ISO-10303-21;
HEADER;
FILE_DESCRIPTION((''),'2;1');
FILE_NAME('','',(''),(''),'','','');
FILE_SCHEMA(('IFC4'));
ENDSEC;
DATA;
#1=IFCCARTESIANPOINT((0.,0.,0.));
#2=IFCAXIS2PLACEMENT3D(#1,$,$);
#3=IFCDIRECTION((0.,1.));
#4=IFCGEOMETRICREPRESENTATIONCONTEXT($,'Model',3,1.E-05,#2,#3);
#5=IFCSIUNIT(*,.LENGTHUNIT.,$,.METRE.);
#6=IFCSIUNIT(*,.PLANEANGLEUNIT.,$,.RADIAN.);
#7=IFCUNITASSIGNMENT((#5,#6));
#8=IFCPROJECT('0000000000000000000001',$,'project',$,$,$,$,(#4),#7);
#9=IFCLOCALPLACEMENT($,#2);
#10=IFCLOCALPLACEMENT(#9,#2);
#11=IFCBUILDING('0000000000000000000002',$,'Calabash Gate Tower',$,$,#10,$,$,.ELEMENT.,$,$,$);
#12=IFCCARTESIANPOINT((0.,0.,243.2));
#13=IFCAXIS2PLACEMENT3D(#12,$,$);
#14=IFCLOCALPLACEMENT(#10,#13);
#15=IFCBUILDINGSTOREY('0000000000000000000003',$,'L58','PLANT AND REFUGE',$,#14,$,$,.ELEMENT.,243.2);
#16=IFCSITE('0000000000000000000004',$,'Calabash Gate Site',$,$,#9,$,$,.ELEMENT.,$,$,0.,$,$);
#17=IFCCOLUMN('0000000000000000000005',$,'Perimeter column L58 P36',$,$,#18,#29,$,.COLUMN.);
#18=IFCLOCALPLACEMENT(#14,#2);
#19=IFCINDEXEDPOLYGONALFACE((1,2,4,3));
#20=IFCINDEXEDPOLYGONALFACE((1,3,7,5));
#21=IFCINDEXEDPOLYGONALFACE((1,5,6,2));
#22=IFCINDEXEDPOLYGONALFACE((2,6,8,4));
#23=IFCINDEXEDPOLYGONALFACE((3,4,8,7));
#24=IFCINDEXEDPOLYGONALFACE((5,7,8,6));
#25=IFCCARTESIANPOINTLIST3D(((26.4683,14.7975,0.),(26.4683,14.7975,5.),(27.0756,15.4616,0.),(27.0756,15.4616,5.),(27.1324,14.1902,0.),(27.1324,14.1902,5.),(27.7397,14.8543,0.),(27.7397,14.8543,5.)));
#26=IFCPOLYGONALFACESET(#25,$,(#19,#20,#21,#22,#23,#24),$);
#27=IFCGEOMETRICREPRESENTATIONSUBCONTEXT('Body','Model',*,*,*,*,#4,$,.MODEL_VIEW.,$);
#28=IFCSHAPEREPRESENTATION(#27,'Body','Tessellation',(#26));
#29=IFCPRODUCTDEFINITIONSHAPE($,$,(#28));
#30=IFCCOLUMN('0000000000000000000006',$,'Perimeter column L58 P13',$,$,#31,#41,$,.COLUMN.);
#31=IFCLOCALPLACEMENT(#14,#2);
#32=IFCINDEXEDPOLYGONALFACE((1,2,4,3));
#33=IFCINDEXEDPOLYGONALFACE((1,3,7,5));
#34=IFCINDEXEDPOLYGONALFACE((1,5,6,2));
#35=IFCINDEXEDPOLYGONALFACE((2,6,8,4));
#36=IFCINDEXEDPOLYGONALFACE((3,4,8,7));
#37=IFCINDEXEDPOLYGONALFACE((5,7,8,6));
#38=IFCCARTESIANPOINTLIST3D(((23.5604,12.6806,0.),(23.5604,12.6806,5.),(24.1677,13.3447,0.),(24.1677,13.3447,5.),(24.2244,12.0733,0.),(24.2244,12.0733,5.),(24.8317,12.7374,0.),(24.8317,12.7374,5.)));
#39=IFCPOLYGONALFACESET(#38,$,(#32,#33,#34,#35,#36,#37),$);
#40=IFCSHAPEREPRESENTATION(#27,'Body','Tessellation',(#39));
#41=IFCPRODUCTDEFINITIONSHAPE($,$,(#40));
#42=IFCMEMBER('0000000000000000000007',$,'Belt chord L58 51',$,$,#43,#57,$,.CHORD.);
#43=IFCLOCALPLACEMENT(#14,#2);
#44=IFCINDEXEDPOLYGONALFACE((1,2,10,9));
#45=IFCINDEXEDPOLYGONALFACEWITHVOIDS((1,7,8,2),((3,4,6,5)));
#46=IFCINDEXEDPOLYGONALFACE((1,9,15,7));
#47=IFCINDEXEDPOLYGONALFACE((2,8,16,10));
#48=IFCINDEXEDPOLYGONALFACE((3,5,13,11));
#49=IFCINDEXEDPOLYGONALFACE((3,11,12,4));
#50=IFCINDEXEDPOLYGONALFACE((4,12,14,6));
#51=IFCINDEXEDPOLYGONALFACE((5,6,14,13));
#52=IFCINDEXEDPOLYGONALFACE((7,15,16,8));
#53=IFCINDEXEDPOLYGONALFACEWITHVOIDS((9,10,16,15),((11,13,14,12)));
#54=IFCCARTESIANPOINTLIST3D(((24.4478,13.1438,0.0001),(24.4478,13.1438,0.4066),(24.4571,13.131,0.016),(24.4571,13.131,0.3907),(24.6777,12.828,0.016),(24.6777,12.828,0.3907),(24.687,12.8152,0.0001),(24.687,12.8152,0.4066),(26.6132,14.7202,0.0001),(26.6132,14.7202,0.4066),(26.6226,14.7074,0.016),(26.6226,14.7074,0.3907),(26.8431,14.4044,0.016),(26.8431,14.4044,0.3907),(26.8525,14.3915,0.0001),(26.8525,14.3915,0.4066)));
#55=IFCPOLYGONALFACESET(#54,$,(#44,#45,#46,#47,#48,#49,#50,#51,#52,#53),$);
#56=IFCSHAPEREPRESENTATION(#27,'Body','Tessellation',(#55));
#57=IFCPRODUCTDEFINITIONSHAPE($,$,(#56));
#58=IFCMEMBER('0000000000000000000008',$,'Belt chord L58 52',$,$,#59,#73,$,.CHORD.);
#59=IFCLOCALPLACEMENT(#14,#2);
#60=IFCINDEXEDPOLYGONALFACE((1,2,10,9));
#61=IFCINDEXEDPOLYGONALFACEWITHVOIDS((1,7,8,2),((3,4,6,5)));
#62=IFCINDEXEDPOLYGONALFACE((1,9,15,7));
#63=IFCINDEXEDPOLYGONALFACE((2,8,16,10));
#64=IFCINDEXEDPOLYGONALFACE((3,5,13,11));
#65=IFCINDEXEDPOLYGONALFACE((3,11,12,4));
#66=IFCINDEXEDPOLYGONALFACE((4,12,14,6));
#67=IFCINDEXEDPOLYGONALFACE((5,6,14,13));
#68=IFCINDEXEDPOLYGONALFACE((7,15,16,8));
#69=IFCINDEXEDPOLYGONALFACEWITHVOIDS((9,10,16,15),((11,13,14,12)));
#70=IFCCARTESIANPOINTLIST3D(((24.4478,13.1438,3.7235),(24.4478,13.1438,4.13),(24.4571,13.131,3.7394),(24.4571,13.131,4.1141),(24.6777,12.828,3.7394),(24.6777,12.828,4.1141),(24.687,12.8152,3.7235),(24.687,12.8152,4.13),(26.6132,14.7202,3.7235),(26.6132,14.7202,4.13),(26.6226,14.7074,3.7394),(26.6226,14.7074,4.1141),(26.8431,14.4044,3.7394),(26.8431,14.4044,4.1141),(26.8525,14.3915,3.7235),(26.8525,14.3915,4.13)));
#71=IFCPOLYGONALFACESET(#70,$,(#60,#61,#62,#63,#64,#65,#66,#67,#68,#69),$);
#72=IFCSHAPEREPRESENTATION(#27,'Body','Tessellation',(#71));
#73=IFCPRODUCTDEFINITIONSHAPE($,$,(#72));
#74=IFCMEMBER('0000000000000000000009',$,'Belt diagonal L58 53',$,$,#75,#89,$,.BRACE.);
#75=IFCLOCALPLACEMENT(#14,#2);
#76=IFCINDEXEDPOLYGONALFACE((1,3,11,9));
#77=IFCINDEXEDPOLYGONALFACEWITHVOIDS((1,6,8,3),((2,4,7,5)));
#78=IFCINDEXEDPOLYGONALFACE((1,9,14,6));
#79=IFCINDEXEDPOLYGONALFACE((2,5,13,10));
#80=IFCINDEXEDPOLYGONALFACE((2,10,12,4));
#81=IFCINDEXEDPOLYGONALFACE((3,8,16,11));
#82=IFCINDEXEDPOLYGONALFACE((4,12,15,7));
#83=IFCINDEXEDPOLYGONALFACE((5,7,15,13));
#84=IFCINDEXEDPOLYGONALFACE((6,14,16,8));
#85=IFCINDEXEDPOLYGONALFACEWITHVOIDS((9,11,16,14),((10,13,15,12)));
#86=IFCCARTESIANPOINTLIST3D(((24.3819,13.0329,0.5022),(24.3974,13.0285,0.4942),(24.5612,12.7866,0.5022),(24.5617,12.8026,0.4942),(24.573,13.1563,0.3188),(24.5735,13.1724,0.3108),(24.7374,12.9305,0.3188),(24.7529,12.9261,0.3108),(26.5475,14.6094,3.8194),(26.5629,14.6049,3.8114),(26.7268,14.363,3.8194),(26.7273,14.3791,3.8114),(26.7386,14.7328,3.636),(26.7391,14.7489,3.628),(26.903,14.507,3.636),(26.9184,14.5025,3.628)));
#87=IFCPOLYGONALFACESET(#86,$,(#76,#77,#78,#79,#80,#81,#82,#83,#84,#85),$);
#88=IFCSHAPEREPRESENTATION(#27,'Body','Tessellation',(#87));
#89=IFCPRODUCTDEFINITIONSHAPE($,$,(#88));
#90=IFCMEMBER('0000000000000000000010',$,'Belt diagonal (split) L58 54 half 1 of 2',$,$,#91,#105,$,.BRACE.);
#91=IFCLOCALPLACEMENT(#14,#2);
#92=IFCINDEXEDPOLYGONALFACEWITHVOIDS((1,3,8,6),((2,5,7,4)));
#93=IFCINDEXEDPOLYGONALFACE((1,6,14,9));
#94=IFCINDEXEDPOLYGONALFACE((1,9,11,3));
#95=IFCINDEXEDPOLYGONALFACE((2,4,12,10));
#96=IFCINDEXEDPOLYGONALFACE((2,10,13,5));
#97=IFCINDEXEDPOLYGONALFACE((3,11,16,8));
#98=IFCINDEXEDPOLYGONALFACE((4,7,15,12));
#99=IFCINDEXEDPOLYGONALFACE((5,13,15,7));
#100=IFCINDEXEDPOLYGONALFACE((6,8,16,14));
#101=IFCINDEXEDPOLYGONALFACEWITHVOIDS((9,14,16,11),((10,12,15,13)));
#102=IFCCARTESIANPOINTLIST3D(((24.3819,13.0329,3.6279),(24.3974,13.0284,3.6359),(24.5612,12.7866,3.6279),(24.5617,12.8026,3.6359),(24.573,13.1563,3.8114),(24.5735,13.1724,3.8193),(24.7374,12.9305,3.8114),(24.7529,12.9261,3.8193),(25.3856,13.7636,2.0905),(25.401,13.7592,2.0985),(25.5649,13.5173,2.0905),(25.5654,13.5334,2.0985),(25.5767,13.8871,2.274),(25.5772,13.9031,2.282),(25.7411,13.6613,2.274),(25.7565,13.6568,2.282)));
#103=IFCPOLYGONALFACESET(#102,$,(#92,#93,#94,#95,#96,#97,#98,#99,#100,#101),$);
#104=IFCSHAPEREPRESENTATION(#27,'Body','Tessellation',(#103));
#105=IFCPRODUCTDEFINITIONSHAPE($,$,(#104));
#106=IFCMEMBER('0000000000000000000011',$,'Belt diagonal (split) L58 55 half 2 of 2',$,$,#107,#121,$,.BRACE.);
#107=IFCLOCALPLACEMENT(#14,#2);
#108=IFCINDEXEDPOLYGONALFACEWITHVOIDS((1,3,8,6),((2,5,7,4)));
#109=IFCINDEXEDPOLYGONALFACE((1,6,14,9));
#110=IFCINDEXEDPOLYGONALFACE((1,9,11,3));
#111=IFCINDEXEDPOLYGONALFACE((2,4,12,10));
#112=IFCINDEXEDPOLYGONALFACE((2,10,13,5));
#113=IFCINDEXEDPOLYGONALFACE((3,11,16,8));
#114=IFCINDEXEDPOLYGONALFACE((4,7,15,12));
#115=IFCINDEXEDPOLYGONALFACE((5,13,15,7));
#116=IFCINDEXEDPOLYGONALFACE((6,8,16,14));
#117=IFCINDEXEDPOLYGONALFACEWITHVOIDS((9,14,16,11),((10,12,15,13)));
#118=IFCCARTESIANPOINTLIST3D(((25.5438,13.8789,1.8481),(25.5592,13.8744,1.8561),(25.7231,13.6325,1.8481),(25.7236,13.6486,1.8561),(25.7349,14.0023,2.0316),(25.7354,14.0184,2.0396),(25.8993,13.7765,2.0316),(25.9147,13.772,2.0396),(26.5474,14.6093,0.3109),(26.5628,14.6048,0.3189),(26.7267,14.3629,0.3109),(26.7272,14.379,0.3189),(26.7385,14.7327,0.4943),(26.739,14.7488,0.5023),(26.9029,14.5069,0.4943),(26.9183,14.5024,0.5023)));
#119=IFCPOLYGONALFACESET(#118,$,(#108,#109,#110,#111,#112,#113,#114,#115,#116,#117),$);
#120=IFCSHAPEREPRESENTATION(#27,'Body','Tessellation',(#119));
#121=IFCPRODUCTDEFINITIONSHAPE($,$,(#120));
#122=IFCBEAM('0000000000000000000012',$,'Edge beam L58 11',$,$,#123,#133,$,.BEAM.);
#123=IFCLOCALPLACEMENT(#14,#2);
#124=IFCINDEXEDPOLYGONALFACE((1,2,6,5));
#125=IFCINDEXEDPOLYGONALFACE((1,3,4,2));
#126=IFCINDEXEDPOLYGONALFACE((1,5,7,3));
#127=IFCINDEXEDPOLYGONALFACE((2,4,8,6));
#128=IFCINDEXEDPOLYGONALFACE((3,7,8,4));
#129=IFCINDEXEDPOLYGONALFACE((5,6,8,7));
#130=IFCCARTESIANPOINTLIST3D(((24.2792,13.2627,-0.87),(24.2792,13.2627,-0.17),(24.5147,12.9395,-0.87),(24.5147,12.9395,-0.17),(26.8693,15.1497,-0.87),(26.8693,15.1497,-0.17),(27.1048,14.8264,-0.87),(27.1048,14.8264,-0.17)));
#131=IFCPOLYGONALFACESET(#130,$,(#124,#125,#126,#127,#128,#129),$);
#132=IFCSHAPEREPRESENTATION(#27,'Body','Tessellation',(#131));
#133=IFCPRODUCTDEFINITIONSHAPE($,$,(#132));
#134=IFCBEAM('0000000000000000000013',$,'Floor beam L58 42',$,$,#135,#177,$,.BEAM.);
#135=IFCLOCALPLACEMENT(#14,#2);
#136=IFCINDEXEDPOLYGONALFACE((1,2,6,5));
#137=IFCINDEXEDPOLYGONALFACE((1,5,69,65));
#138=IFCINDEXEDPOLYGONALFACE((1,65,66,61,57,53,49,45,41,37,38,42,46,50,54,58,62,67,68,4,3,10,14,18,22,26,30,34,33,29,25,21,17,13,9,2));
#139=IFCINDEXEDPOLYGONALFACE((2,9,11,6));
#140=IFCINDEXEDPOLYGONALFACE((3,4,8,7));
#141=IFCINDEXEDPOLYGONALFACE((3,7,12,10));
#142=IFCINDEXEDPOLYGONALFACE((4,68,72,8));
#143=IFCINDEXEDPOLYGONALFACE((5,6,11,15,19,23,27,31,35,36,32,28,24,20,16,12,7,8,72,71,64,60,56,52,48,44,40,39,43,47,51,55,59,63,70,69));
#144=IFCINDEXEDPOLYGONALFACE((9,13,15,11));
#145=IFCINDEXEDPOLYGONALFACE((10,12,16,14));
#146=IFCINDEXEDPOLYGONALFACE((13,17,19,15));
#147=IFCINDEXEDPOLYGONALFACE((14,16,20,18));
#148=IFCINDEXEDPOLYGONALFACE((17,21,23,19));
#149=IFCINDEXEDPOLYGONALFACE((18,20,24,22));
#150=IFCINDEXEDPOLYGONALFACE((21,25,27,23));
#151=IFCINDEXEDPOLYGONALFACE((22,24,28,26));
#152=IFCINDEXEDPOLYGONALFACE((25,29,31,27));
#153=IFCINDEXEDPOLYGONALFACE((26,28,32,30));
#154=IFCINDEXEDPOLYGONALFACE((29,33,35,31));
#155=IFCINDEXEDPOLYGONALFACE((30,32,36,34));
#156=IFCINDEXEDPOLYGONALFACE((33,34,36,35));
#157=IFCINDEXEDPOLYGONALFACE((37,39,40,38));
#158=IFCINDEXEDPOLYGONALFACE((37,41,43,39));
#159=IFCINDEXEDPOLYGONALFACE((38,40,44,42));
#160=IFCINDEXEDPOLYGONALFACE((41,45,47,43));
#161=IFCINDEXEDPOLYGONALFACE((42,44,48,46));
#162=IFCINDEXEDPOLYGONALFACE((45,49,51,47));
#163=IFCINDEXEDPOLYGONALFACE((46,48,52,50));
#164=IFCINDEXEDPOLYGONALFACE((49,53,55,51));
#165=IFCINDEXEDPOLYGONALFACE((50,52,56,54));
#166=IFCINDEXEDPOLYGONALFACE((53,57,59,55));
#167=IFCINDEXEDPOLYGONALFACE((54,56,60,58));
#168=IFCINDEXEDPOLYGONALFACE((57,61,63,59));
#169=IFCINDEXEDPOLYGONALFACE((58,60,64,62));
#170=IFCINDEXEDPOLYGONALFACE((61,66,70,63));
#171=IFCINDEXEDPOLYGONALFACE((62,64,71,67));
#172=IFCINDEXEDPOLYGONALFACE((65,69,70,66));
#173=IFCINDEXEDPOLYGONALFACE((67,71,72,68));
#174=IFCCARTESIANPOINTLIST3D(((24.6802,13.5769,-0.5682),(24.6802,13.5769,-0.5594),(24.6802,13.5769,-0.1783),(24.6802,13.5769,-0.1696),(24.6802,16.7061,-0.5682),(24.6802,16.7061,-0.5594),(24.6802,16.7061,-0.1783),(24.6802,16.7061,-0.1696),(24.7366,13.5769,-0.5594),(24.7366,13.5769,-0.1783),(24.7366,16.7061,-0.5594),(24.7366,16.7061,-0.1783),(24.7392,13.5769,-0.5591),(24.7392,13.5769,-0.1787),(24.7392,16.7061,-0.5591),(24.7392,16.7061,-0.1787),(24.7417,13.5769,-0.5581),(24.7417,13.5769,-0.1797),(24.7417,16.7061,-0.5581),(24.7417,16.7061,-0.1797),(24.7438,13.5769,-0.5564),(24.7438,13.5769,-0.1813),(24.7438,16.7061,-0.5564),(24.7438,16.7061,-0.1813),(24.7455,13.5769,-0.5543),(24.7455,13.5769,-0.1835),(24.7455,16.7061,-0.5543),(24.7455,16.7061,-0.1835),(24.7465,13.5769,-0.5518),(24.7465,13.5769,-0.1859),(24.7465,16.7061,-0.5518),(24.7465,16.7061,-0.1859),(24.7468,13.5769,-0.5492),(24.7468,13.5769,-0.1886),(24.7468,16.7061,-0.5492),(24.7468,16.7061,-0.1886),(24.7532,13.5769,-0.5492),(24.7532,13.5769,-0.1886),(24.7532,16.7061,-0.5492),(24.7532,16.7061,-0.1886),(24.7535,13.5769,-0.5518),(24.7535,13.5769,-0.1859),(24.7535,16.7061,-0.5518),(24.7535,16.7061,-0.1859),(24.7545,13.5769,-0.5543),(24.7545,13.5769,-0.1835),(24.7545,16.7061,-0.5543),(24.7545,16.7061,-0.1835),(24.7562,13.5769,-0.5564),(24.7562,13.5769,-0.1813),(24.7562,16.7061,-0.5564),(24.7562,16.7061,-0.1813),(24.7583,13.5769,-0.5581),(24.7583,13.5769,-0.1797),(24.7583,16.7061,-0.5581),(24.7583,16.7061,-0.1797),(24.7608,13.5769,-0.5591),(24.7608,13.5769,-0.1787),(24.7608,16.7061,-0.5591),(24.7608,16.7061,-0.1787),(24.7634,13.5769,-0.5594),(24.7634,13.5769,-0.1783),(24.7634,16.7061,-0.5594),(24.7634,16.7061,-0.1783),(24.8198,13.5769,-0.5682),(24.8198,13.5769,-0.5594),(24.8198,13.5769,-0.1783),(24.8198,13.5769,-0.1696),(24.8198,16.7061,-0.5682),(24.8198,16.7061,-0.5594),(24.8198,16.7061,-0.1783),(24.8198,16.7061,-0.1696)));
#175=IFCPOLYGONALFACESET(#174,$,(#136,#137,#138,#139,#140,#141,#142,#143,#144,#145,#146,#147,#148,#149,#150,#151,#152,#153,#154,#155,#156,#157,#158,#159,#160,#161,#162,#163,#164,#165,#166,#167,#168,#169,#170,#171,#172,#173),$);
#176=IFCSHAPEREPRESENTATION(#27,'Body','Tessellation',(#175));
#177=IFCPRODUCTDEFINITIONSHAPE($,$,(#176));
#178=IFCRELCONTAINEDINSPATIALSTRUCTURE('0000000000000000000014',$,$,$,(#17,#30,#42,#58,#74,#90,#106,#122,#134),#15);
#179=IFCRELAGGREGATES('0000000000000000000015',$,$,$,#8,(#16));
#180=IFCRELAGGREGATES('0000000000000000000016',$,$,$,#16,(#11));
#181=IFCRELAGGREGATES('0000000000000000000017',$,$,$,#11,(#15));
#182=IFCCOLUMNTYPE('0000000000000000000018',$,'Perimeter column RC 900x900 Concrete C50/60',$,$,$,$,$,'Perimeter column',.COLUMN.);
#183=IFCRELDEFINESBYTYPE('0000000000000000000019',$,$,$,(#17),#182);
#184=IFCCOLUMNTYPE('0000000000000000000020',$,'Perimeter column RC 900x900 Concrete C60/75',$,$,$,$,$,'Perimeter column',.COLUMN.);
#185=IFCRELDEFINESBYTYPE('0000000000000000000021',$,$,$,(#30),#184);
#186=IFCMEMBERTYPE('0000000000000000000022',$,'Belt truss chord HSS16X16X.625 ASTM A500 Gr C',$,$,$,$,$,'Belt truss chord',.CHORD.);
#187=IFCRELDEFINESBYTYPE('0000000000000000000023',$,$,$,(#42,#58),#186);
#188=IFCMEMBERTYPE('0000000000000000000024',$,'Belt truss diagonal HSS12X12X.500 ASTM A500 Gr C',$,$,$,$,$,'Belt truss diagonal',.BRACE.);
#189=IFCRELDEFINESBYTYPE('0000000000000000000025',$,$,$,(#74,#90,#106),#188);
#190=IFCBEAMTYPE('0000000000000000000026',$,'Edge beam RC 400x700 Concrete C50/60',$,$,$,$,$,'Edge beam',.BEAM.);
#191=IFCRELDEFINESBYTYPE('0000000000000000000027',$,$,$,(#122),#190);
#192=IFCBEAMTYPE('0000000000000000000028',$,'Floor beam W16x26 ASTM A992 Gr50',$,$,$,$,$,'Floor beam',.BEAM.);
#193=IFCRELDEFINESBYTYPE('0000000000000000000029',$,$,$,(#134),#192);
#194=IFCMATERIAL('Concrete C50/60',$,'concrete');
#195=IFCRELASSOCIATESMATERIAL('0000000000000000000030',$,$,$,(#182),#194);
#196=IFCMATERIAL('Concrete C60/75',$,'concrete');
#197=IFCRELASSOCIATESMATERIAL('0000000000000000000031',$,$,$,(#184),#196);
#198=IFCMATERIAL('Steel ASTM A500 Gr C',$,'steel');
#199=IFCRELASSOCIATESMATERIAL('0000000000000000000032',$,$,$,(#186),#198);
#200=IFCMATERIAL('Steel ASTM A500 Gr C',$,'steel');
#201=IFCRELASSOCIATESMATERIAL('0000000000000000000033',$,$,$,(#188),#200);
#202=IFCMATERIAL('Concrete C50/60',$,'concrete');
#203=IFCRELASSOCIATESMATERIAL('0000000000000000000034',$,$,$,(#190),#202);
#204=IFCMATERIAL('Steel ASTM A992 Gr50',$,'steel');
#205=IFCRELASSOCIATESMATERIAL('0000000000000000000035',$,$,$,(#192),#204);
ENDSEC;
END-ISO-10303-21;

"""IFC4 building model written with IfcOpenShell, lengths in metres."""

from ifc_helpers import new_model, si_unit, direction, frame, origin, origin_2d, place, context, subcontext, project, spatial, rectangle, hollow_rectangle, i_section, extrude, material, material_profile, profile_set, type_object, element, save


model = new_model("IFC4")

# Units and contexts
model_context = context("Model", 3, precision=1e-05, world=origin(), true_north=direction((0.0, 1.0)))
body_context = subcontext(model_context, "Body", "Model", "MODEL_VIEW")
ifc_project = project(units=[si_unit("LENGTHUNIT", "METRE"), si_unit("PLANEANGLEUNIT", "RADIAN")], contexts=[model_context])

# Site, building, storey
site_placement = place(None, origin())
site = spatial("IfcSite", under=ifc_project, at=site_placement, Name="Calabash Gate Site", CompositionType="ELEMENT", RefElevation=0.0)
building_placement = place(site_placement, origin())
building = spatial("IfcBuilding", under=site, at=building_placement, Name="Calabash Gate Tower", CompositionType="ELEMENT")
storey_placement = place(building_placement, frame((0.0, 0.0, 243.2)))
storey = spatial("IfcBuildingStorey", under=building, at=storey_placement, Name="L58", Description="PLANT AND REFUGE", CompositionType="ELEMENT", Elevation=243.2)

# Columns
ifc_material_1 = material(Name="Concrete C50/60", Category="concrete")
ifc_material_profile_1 = material_profile(ifc_material_1, rectangle(XDim=0.8999, YDim=0.8999, at=origin_2d()))
ifc_profile_set_1 = profile_set([ifc_material_profile_1], Name="Concrete C50/60")
column_type_1 = type_object("IfcColumnType", Name="Perimeter column RC 900x900 Concrete C50/60", ElementType="Perimeter column", PredefinedType="COLUMN", material=ifc_profile_set_1)
column_1_placement = place(storey_placement, frame((27.104, 14.8259, 0.0), z_axis=(0.0, 0.0, 1.0), x_axis=(0.674856, 0.737949, 0.0)))
element("IfcColumn", 1, at=column_1_placement, inside=storey, type_object=column_type_1, Name="Perimeter column L58 P36", PredefinedType="COLUMN", context=body_context, shape_type="SweptSolid", body=[
    extrude(rectangle(XDim=0.8999, YDim=0.8999, at=origin_2d()), origin(), (0.0, 0.0, 1.0), 5.0),
])
ifc_material_2 = material(Name="Concrete C60/75", Category="concrete")
ifc_material_profile_2 = material_profile(ifc_material_2, rectangle(XDim=0.8999, YDim=0.8999, at=origin_2d()))
ifc_profile_set_2 = profile_set([ifc_material_profile_2], Name="Concrete C60/75")
column_type_2 = type_object("IfcColumnType", Name="Perimeter column RC 900x900 Concrete C60/75", ElementType="Perimeter column", PredefinedType="COLUMN", material=ifc_profile_set_2)
column_2_placement = place(storey_placement, frame((24.196, 12.709, 0.0), z_axis=(0.0, 0.0, 1.0), x_axis=(0.674856, 0.737949, 0.0)))
element("IfcColumn", 2, at=column_2_placement, inside=storey, type_object=column_type_2, Name="Perimeter column L58 P13", PredefinedType="COLUMN", context=body_context, shape_type="SweptSolid", body=[
    extrude(rectangle(XDim=0.8999, YDim=0.8999, at=origin_2d()), origin(), (0.0, 0.0, 1.0), 5.0),
])

# Members
ifc_material_3 = material(Name="Steel ASTM A500 Gr C", Category="steel")
ifc_material_profile_3 = material_profile(ifc_material_3, hollow_rectangle(XDim=0.4065, YDim=0.4065, WallThickness=0.0159, at=origin_2d()))
ifc_profile_set_3 = profile_set([ifc_material_profile_3], Name="Steel ASTM A500 Gr C")
member_type_1 = type_object("IfcMemberType", Name="Belt truss chord HSS16X16X.625 ASTM A500 Gr C", ElementType="Belt truss chord", PredefinedType="CHORD", material=ifc_profile_set_3)
for number, where, z_axis, x_axis, name in (
    (3, (24.5674, 12.9795, 0.2034), (0.808472, 0.588535, 0.0), (-0.588535, 0.808472, 0.0), "Belt chord L58 51"),
    (4, (24.5674, 12.9795, 3.9268), (0.808472, 0.588535, 0.0), (-0.588535, 0.808472, 0.0), "Belt chord L58 52"),
):
    element("IfcMember", number, at=place(storey_placement, frame(where, z_axis=z_axis, x_axis=x_axis)), inside=storey, type_object=member_type_1, Name=name, PredefinedType="CHORD", context=body_context, shape_type="SweptSolid", body=[
        extrude(hollow_rectangle(XDim=0.4065, YDim=0.4065, WallThickness=0.0159, at=origin_2d()), origin(), (0.0, 0.0, 1.0), 2.6785),
    ])
ifc_material_4 = material(Name="Steel ASTM A500 Gr C", Category="steel")
ifc_material_profile_4 = material_profile(ifc_material_4, hollow_rectangle(XDim=0.3047, YDim=0.3047, WallThickness=0.0127, at=origin_2d()))
ifc_profile_set_4 = profile_set([ifc_material_profile_4], Name="Steel ASTM A500 Gr C")
member_type_2 = type_object("IfcMemberType", Name="Belt truss diagonal HSS12X12X.500 ASTM A500 Gr C", ElementType="Belt truss diagonal", PredefinedType="BRACE", material=ifc_profile_set_4)
member_1_placement = place(storey_placement, frame((24.5674, 12.9795, 0.4065), z_axis=(0.507914, 0.369741, 0.77802), x_axis=(-0.588535, 0.808472, 0.0)))
element("IfcMember", 5, at=member_1_placement, inside=storey, type_object=member_type_2, Name="Belt diagonal L58 53", PredefinedType="BRACE", context=body_context, shape_type="SweptSolid", body=[
    extrude(hollow_rectangle(XDim=0.3047, YDim=0.3047, WallThickness=0.0127, at=origin_2d()), origin(), (0.0, 0.0, 1.0), 4.2637),
])
member_2_placement = place(storey_placement, frame((24.5674, 12.9795, 3.7236), z_axis=(0.507916, 0.369786, -0.777997), x_axis=(-0.588581, 0.808438, 0.0)))
element("IfcMember", 6, at=member_2_placement, inside=storey, type_object=member_type_2, Name="Belt diagonal (split) L58 54 half 1 of 2", PredefinedType="BRACE", context=body_context, shape_type="SweptSolid", body=[
    extrude(hollow_rectangle(XDim=0.3047, YDim=0.3047, WallThickness=0.0127, at=origin_2d()), origin(), (0.0, 0.0, 1.0), 1.9761),
])
member_3_placement = place(storey_placement, frame((25.7292, 13.8254, 1.9438), z_axis=(0.507939, 0.36968, -0.778033), x_axis=(-0.588452, 0.808532, 0.0)))
element("IfcMember", 7, at=member_3_placement, inside=storey, type_object=member_type_2, Name="Belt diagonal (split) L58 55 half 2 of 2", PredefinedType="BRACE", context=body_context, shape_type="SweptSolid", body=[
    extrude(hollow_rectangle(XDim=0.3047, YDim=0.3047, WallThickness=0.0127, at=origin_2d()), origin(), (0.0, 0.0, 1.0), 1.9758),
])

# Beams
ifc_material_5 = material(Name="Concrete C50/60", Category="concrete")
ifc_material_profile_5 = material_profile(ifc_material_5, rectangle(XDim=0.3999, YDim=0.7, at=origin_2d()))
ifc_profile_set_5 = profile_set([ifc_material_profile_5], Name="Concrete C50/60")
beam_type_1 = type_object("IfcBeamType", Name="Edge beam RC 400x700 Concrete C50/60", ElementType="Edge beam", PredefinedType="BEAM", material=ifc_profile_set_5)
beam_1_placement = place(storey_placement, frame((24.397, 13.1011, -0.52), z_axis=(0.808252, 0.588837, 0.0), x_axis=(-0.588837, 0.808252, 0.0)))
element("IfcBeam", 8, at=beam_1_placement, inside=storey, type_object=beam_type_1, Name="Edge beam L58 11", PredefinedType="BEAM", context=body_context, shape_type="SweptSolid", body=[
    extrude(rectangle(XDim=0.3999, YDim=0.7, at=origin_2d()), origin(), (0.0, 0.0, 1.0), 3.2046),
])
ifc_material_6 = material(Name="Steel ASTM A992 Gr50", Category="steel")
ifc_material_profile_6 = material_profile(ifc_material_6, i_section(OverallWidth=0.1396, OverallDepth=0.3987, WebThickness=0.0063, FlangeThickness=0.0088, FilletRadius=0.0103, at=origin_2d()))
ifc_profile_set_6 = profile_set([ifc_material_profile_6], Name="Steel ASTM A992 Gr50")
beam_type_2 = type_object("IfcBeamType", Name="Floor beam W16x26 ASTM A992 Gr50", ElementType="Floor beam", PredefinedType="BEAM", material=ifc_profile_set_6)
beam_2_placement = place(storey_placement, frame((24.75, 13.5769, -0.3689), z_axis=(0.0, 1.0, 0.0), x_axis=(-1.0, 0.0, 0.0)))
element("IfcBeam", 9, at=beam_2_placement, inside=storey, type_object=beam_type_2, Name="Floor beam L58 42", PredefinedType="BEAM", context=body_context, shape_type="SweptSolid", body=[
    extrude(i_section(OverallWidth=0.1396, OverallDepth=0.3987, WebThickness=0.0063, FlangeThickness=0.0088, FilletRadius=0.0103, at=origin_2d()), origin(), (0.0, 0.0, 1.0), 3.1292),
])

save(model, "model.ifc")
